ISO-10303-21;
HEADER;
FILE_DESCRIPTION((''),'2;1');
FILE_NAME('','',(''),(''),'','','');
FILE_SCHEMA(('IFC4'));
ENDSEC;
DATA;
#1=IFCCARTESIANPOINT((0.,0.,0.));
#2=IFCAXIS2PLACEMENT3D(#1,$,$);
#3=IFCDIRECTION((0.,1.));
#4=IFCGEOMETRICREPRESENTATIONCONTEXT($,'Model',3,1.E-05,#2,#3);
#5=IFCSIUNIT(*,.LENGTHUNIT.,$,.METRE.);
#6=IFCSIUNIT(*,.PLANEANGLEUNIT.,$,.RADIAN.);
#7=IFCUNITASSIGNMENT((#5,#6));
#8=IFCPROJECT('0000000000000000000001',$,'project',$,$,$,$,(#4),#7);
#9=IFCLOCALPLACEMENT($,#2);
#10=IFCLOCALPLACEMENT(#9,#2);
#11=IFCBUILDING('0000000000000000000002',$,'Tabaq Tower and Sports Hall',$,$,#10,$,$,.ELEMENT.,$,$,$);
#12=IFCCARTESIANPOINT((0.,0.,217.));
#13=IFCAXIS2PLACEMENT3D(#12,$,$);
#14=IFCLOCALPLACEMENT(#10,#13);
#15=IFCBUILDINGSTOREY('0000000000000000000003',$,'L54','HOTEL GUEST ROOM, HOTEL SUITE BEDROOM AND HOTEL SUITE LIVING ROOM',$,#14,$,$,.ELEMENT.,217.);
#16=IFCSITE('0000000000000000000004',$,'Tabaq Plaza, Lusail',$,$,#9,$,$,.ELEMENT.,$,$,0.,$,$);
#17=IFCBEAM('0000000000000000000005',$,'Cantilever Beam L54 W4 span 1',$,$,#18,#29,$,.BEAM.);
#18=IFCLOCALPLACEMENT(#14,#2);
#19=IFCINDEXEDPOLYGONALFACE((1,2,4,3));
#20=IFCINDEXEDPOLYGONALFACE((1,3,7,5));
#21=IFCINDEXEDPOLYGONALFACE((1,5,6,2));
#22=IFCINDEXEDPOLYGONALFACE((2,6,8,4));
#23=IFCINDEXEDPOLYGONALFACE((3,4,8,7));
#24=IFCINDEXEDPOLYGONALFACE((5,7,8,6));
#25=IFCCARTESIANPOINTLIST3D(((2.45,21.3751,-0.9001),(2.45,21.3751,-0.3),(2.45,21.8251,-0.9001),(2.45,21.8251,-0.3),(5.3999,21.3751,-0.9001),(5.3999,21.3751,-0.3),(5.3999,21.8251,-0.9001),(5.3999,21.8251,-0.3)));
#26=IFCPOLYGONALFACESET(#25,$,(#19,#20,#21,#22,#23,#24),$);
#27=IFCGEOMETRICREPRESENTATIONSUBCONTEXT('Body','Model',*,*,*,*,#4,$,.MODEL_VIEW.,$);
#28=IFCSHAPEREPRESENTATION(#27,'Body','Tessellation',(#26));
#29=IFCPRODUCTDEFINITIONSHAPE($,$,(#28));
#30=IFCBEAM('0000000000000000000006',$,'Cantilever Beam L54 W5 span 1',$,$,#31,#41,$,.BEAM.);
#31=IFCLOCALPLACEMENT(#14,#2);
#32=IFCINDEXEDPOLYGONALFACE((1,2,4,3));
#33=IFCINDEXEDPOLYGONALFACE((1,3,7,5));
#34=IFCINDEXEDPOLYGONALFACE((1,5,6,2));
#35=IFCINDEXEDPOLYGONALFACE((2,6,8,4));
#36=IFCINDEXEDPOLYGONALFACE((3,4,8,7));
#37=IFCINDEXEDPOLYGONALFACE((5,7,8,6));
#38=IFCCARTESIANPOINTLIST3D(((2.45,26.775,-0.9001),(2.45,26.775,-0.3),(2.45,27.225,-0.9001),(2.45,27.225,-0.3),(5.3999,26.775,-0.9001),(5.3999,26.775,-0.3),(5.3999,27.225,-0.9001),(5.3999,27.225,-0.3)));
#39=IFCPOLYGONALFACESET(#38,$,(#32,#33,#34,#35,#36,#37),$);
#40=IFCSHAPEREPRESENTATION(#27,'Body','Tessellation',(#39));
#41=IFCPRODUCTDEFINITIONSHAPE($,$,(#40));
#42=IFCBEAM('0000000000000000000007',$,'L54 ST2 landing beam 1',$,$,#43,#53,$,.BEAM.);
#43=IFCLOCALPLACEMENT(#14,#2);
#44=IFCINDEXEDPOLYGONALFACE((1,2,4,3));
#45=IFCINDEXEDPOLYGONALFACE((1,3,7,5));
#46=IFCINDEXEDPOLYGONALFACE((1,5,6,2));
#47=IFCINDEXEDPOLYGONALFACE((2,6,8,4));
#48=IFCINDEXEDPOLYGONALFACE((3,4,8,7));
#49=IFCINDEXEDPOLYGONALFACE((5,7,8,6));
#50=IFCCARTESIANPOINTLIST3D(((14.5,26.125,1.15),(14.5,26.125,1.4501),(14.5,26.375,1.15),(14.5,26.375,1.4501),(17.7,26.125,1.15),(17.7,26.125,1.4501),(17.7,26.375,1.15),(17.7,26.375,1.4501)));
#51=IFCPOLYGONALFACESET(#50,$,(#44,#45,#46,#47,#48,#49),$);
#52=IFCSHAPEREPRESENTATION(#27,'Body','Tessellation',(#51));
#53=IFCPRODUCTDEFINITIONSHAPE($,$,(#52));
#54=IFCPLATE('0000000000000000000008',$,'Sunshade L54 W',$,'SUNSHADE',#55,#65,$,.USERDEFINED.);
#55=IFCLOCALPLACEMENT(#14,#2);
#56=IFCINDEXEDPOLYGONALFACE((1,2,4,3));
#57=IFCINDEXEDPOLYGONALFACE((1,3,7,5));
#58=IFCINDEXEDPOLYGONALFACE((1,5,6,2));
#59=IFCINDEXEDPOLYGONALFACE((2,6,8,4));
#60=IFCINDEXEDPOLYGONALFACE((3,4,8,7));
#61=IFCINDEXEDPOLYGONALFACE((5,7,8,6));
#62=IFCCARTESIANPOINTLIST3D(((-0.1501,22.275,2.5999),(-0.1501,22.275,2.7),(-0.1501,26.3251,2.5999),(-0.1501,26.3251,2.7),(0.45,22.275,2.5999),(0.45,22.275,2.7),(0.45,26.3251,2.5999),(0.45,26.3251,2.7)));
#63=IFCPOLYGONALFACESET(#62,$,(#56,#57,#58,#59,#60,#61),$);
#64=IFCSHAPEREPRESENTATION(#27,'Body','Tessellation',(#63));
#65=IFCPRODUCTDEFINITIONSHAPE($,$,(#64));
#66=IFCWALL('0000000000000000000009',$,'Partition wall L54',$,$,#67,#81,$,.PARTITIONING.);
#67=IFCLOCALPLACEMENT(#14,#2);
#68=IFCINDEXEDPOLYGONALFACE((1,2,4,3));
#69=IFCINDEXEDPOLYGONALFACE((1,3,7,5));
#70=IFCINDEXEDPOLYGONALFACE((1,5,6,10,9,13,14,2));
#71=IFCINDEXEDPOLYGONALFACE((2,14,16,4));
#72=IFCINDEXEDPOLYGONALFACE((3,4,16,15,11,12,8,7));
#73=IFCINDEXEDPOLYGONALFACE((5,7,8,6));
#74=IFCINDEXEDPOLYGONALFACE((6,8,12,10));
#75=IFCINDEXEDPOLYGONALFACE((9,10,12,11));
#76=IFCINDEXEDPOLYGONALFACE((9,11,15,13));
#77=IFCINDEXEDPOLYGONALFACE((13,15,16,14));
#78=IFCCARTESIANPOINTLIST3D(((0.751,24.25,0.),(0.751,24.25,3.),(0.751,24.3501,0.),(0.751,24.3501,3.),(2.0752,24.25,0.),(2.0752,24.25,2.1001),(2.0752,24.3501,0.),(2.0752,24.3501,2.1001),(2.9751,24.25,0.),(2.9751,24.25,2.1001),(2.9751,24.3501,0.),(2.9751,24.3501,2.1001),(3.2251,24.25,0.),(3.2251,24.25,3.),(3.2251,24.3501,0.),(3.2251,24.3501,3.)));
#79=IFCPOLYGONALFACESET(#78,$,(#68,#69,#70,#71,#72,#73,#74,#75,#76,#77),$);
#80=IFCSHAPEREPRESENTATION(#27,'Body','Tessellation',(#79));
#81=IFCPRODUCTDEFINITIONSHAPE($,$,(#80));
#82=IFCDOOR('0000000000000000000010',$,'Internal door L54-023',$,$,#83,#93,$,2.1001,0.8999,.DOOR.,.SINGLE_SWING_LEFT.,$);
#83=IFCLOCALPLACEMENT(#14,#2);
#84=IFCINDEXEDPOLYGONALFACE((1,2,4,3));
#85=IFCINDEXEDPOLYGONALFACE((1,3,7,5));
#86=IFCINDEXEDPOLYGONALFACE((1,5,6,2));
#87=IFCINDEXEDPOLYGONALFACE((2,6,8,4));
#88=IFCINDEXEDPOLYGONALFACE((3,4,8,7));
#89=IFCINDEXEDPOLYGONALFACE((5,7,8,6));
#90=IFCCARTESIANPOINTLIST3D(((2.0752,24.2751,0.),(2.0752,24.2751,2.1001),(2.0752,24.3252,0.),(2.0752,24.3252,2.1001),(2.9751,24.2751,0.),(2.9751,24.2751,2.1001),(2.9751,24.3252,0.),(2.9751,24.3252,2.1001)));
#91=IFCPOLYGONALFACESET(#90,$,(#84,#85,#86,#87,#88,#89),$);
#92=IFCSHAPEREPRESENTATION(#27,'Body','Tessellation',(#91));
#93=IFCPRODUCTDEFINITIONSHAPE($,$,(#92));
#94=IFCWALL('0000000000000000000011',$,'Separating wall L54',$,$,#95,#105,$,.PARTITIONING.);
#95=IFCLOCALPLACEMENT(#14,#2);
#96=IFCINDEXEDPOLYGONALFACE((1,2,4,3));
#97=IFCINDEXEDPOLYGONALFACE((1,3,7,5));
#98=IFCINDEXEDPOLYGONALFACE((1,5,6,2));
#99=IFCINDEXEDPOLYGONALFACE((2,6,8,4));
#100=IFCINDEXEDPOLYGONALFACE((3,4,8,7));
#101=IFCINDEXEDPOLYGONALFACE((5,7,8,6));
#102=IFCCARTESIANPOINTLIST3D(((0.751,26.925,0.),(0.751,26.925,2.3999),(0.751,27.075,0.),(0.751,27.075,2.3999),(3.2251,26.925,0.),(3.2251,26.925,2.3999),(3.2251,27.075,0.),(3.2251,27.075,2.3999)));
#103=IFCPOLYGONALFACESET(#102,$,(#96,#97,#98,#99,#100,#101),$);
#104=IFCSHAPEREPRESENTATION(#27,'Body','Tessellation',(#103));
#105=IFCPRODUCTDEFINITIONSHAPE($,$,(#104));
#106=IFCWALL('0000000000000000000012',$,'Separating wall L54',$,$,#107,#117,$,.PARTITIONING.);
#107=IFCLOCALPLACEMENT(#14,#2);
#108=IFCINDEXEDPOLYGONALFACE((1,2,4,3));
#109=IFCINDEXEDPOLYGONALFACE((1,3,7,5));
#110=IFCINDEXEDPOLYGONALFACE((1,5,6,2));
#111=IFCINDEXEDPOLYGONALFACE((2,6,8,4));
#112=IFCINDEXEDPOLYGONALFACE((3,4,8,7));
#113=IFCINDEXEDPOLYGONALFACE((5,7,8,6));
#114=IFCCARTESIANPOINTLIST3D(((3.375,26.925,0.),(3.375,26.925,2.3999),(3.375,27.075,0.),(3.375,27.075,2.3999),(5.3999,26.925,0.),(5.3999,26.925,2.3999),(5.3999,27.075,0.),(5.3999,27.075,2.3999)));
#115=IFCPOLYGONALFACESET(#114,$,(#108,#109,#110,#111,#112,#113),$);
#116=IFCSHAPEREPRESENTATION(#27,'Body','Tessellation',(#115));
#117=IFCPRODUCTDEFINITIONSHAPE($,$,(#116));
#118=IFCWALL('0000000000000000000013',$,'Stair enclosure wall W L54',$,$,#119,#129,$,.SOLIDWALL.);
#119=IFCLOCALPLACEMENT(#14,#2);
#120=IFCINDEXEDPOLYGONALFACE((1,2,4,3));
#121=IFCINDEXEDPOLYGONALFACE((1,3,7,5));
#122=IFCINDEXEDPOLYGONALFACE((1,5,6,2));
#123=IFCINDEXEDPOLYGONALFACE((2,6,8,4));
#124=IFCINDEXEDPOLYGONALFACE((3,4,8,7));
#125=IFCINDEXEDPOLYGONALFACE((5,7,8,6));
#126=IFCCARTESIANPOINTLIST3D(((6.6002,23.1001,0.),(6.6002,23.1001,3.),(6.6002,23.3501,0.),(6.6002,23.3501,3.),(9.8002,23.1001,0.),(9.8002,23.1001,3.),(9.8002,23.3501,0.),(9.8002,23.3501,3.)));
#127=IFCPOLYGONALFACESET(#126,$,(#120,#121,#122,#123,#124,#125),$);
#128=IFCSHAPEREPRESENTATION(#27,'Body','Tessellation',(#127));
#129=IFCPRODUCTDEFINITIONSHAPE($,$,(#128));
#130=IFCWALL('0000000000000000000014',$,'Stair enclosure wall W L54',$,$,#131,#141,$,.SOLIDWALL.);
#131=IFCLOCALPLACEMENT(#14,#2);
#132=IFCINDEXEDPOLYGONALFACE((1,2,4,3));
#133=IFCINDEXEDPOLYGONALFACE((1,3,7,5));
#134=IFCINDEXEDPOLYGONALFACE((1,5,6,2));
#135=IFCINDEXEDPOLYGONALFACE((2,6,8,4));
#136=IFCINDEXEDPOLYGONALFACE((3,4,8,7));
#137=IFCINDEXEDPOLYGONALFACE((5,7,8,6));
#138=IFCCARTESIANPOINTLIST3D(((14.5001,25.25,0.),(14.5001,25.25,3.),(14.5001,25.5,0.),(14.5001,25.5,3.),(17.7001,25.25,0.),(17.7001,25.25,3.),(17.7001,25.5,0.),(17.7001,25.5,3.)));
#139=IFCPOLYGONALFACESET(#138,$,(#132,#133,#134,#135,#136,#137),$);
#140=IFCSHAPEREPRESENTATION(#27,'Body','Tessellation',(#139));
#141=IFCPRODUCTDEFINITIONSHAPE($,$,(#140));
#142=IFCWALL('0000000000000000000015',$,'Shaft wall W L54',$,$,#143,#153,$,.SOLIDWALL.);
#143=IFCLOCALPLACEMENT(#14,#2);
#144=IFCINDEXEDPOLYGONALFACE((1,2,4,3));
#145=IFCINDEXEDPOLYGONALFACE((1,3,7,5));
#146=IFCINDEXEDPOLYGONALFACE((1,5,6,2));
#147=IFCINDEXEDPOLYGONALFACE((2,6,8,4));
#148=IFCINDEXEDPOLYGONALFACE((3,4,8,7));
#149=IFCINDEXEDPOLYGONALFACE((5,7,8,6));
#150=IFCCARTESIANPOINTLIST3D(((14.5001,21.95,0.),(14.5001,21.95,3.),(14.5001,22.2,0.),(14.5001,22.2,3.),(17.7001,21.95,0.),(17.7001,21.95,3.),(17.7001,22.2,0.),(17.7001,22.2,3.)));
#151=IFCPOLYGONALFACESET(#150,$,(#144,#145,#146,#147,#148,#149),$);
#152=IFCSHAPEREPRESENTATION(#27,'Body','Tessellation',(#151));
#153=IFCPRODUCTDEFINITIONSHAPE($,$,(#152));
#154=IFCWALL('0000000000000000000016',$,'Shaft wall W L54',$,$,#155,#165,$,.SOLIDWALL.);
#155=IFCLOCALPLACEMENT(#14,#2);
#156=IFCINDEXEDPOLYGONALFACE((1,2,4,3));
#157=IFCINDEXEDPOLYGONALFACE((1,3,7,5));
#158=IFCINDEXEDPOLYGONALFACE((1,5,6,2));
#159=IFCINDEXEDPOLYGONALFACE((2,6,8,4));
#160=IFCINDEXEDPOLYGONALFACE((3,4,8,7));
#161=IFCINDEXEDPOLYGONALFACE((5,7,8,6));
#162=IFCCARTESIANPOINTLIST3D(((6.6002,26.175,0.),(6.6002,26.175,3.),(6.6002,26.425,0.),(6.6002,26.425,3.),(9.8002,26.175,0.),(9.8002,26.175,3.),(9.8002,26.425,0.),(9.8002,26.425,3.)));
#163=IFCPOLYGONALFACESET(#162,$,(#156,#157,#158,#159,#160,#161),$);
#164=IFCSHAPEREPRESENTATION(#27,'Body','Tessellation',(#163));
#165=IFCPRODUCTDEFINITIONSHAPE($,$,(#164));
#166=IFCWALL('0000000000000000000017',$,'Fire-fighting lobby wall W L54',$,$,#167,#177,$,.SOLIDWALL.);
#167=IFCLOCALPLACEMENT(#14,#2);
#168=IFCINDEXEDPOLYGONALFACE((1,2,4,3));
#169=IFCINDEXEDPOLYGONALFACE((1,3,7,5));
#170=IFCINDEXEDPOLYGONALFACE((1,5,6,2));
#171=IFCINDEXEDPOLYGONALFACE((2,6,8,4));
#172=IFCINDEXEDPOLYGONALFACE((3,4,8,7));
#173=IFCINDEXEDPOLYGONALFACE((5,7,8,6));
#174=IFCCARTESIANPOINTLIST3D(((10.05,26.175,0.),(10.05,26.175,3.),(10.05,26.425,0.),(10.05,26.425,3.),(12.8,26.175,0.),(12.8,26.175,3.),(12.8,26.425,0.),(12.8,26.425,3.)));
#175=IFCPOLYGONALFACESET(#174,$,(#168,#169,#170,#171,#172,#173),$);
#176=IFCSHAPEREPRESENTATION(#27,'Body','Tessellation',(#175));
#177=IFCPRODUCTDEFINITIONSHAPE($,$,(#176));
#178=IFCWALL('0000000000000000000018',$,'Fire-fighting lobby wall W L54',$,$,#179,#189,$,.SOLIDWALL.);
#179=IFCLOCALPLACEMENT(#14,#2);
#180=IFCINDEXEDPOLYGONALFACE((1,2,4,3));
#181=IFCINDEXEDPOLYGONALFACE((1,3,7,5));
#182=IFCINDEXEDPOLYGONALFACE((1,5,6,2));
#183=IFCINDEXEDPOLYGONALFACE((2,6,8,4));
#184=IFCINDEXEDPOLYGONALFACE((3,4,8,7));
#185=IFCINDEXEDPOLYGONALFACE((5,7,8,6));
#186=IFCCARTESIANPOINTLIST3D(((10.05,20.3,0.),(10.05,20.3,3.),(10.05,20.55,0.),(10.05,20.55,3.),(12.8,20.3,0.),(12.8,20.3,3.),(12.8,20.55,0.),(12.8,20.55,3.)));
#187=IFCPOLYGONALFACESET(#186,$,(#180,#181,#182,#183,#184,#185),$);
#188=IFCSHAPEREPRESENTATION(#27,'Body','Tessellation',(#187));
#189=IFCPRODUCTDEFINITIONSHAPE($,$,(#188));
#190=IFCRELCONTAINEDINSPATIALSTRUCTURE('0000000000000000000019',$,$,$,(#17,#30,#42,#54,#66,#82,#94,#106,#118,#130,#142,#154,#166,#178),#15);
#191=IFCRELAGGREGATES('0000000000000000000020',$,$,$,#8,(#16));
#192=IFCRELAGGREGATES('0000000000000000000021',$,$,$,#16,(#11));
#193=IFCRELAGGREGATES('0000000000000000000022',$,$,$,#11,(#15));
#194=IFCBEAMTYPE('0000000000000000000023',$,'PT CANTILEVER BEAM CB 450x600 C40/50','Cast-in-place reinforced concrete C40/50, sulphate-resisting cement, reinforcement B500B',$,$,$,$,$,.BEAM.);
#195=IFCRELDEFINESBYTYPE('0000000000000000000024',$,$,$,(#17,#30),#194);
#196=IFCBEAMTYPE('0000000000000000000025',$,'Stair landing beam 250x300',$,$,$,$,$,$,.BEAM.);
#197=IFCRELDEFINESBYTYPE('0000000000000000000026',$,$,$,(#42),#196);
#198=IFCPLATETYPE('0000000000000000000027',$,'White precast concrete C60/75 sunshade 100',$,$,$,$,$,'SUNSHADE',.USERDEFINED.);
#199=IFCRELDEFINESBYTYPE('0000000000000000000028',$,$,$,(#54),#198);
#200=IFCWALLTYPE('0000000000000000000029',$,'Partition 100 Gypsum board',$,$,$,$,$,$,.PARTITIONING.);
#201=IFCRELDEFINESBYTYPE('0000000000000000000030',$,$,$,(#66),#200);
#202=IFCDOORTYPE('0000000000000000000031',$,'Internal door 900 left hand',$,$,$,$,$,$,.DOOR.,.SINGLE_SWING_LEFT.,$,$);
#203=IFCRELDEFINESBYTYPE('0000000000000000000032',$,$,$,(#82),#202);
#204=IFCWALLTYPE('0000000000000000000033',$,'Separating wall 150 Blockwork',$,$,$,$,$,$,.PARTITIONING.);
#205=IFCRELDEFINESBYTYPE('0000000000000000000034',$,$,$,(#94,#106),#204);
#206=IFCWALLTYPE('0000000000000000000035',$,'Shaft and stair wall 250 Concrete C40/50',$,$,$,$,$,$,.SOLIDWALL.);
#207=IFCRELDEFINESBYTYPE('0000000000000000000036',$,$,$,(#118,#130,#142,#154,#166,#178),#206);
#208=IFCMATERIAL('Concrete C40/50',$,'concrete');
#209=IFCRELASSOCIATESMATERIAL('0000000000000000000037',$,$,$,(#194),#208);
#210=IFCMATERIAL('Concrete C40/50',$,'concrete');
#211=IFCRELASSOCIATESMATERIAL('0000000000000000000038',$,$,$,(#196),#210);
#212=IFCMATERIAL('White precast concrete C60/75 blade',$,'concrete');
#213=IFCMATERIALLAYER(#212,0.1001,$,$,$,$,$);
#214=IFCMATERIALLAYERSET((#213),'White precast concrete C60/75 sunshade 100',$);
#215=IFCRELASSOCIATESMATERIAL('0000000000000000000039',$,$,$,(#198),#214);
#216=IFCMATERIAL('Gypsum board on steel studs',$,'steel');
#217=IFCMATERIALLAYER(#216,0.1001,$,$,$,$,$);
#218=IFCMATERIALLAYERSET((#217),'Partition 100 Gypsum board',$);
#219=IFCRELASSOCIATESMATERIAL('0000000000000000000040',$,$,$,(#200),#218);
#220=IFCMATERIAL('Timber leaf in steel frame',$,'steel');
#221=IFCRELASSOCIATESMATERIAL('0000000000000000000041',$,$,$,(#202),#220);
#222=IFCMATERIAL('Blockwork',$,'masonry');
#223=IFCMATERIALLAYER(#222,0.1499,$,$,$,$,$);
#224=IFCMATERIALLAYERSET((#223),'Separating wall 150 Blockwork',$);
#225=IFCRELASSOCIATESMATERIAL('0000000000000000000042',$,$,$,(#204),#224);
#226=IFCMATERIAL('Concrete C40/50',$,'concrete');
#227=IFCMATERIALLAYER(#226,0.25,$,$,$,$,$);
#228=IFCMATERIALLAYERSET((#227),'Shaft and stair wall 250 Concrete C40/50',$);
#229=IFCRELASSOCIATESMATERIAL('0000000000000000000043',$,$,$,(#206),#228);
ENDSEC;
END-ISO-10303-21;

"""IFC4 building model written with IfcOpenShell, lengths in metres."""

from ifc_helpers import new_model, si_unit, direction, frame, frame_2d, origin, origin_2d, place, context, subcontext, project, spatial, rectangle, extrude, material, layer, layer_set, material_profile, profile_set, type_object, element, fill, save


model = new_model("IFC4")

# Units and contexts
model_context = context("Model", 3, precision=1e-05, world=origin(), true_north=direction((0.0, 1.0)))
body_context = subcontext(model_context, "Body", "Model", "MODEL_VIEW")
ifc_project = project(units=[si_unit("LENGTHUNIT", "METRE"), si_unit("PLANEANGLEUNIT", "RADIAN")], contexts=[model_context])

# Site, building, storey
site_placement = place(None, origin())
site = spatial("IfcSite", under=ifc_project, at=site_placement, Name="Tabaq Plaza, Lusail", CompositionType="ELEMENT", RefElevation=0.0)
building_placement = place(site_placement, origin())
building = spatial("IfcBuilding", under=site, at=building_placement, Name="Tabaq Tower and Sports Hall", CompositionType="ELEMENT")
storey_placement = place(building_placement, frame((0.0, 0.0, 217.0)))
storey = spatial("IfcBuildingStorey", under=building, at=storey_placement, Name="L54", Description="HOTEL GUEST ROOM, HOTEL SUITE BEDROOM AND HOTEL SUITE LIVING ROOM", CompositionType="ELEMENT", Elevation=217.0)

# Beams
ifc_material_1 = material(Name="Concrete C40/50", Category="concrete")
ifc_material_profile_1 = material_profile(ifc_material_1, rectangle(XDim=0.45, YDim=0.6001, at=origin_2d()), Name="CB 450x600")
ifc_profile_set_1 = profile_set([ifc_material_profile_1], Name="Concrete C40/50")
beam_type_1 = type_object("IfcBeamType", Name="PT CANTILEVER BEAM CB 450x600 C40/50", Description="Cast-in-place reinforced concrete C40/50, sulphate-resisting cement, reinforcement B500B", PredefinedType="BEAM", material=ifc_profile_set_1)
for number, where, z_axis, x_axis, name in (
    (1, (2.45, 21.6001, -0.6001), (1.0, 0.0, 0.0), (0.0, 1.0, 0.0), "Cantilever Beam L54 W4 span 1"),
    (2, (2.45, 27.0, -0.6001), (1.0, 0.0, 0.0), (0.0, 1.0, 0.0), "Cantilever Beam L54 W5 span 1"),
):
    element("IfcBeam", number, at=place(storey_placement, frame(where, z_axis=z_axis, x_axis=x_axis)), inside=storey, type_object=beam_type_1, Name=name, PredefinedType="BEAM", context=body_context, shape_type="SweptSolid", body=[
        extrude(rectangle(XDim=0.45, YDim=0.6001, at=origin_2d()), origin(), (0.0, 0.0, 1.0), 2.95),
    ])
ifc_material_2 = material(Name="Concrete C40/50", Category="concrete")
ifc_material_profile_2 = material_profile(ifc_material_2, rectangle(XDim=0.25, YDim=0.3, at=origin_2d()), Name="RC 250x300")
ifc_profile_set_2 = profile_set([ifc_material_profile_2], Name="Concrete C40/50")
beam_type_2 = type_object("IfcBeamType", Name="Stair landing beam 250x300", PredefinedType="BEAM", material=ifc_profile_set_2)
beam_placement = place(storey_placement, frame((14.5, 26.25, 1.3), z_axis=(1.0, 0.0, 0.0), x_axis=(0.0, 1.0, 0.0)))
element("IfcBeam", 3, at=beam_placement, inside=storey, type_object=beam_type_2, Name="L54 ST2 landing beam 1", PredefinedType="BEAM", context=body_context, shape_type="SweptSolid", body=[
    extrude(rectangle(XDim=0.25, YDim=0.3, at=origin_2d()), origin(), (0.0, 0.0, 1.0), 3.2),
])

# Plate
ifc_material_3 = material(Name="White precast concrete C60/75 blade", Category="concrete")
ifc_layer_1 = layer(ifc_material_3, 0.1001)
ifc_layer_set_1 = layer_set([ifc_layer_1], Name="White precast concrete C60/75 sunshade 100")
plate_type = type_object("IfcPlateType", Name="White precast concrete C60/75 sunshade 100", ElementType="SUNSHADE", PredefinedType="USERDEFINED", material=ifc_layer_set_1)
plate_placement = place(storey_placement, frame((0.1499, 24.3, 2.5999), z_axis=(0.0, 0.0, 1.0), x_axis=(0.0, -1.0, 0.0)))
element("IfcPlate", 4, at=plate_placement, inside=storey, type_object=plate_type, Name="Sunshade L54 W", ObjectType="SUNSHADE", PredefinedType="USERDEFINED", context=body_context, shape_type="SweptSolid", body=[
    extrude(rectangle(XDim=4.05, YDim=0.6001, at=origin_2d()), origin(), (0.0, 0.0, 1.0), 0.1001),
])

# Wall, opening, door
ifc_material_4 = material(Name="Gypsum board on steel studs", Category="steel")
ifc_layer_2 = layer(ifc_material_4, 0.1001)
ifc_layer_set_2 = layer_set([ifc_layer_2], Name="Partition 100 Gypsum board")
wall_type_1 = type_object("IfcWallType", Name="Partition 100 Gypsum board", PredefinedType="PARTITIONING", material=ifc_layer_set_2)
wall_1_placement = place(storey_placement, frame((3.2251, 24.3, 0.0), z_axis=(0.0, 0.0, 1.0), x_axis=(-1.0, 0.0, 0.0)))
wall_1 = element("IfcWall", 5, at=wall_1_placement, inside=storey, type_object=wall_type_1, Name="Partition wall L54", PredefinedType="PARTITIONING", context=body_context, shape_type="SweptSolid", body=[
    extrude(rectangle(XDim=2.4741, YDim=0.1001, at=frame_2d((1.2371, 0.0))), origin(), (0.0, 0.0, 1.0), 3.0),
])
opening_1_placement = place(wall_1_placement, frame((0.25, 0.0, 0.0)))
opening_1 = element("IfcOpeningElement", 6, at=opening_1_placement, cuts=wall_1, PredefinedType="OPENING", context=body_context, shape_type="SweptSolid", body=[
    extrude(rectangle(XDim=0.8999, YDim=2.1001, at=frame_2d((0.45, 1.05))), frame((0.0, 0.05, 0.0), z_axis=(0.0, -1.0, 0.0), x_axis=(1.0, 0.0, 0.0)), (0.0, 0.0, 1.0), 0.1001),
])
ifc_material_5 = material(Name="Timber leaf in steel frame", Category="steel")
door_type_1 = type_object("IfcDoorType", Name="Internal door 900 left hand", OperationType="SINGLE_SWING_LEFT", PredefinedType="DOOR", material=ifc_material_5)
door_1_placement = place(opening_1_placement, origin())
door_1 = element("IfcDoor", 7, at=door_1_placement, inside=storey, type_object=door_type_1, Name="Internal door L54-023", OperationType="SINGLE_SWING_LEFT", OverallHeight=2.1001, OverallWidth=0.8999, PredefinedType="DOOR", context=body_context, shape_type="SweptSolid", body=[
    extrude(rectangle(XDim=0.8999, YDim=2.1001, at=frame_2d((0.45, 1.05))), frame((0.0, 0.0249, 0.0), z_axis=(0.0, -1.0, 0.0), x_axis=(1.0, 0.0, 0.0)), (0.0, 0.0, 1.0), 0.05),
])
fill(opening_1, door_1)

# Walls
ifc_material_6 = material(Name="Blockwork", Category="masonry")
ifc_layer_3 = layer(ifc_material_6, 0.1499)
ifc_layer_set_3 = layer_set([ifc_layer_3], Name="Separating wall 150 Blockwork")
wall_type_2 = type_object("IfcWallType", Name="Separating wall 150 Blockwork", PredefinedType="PARTITIONING", material=ifc_layer_set_3)
wall_2_placement = place(storey_placement, frame((0.751, 27.0, 0.0), z_axis=(0.0, 0.0, 1.0), x_axis=(1.0, 0.0, 0.0)))
element("IfcWall", 8, at=wall_2_placement, inside=storey, type_object=wall_type_2, Name="Separating wall L54", PredefinedType="PARTITIONING", context=body_context, shape_type="SweptSolid", body=[
    extrude(rectangle(XDim=2.4741, YDim=0.1499, at=frame_2d((1.2371, 0.0))), origin(), (0.0, 0.0, 1.0), 2.3999),
])
wall_3_placement = place(storey_placement, frame((3.375, 27.0, 0.0), z_axis=(0.0, 0.0, 1.0), x_axis=(1.0, 0.0, 0.0)))
element("IfcWall", 9, at=wall_3_placement, inside=storey, type_object=wall_type_2, Name="Separating wall L54", PredefinedType="PARTITIONING", context=body_context, shape_type="SweptSolid", body=[
    extrude(rectangle(XDim=2.0249, YDim=0.1499, at=frame_2d((1.0125, 0.0))), origin(), (0.0, 0.0, 1.0), 2.3999),
])
ifc_material_7 = material(Name="Concrete C40/50", Category="concrete")
ifc_layer_4 = layer(ifc_material_7, 0.25)
ifc_layer_set_4 = layer_set([ifc_layer_4], Name="Shaft and stair wall 250 Concrete C40/50")
wall_type_3 = type_object("IfcWallType", Name="Shaft and stair wall 250 Concrete C40/50", PredefinedType="SOLIDWALL", material=ifc_layer_set_4)
for number, where, z_axis, x_axis, name in (
    (10, (6.6001, 23.2251, 0.0), (0.0, 0.0, 1.0), (1.0, 0.0, 0.0), "Stair enclosure wall W L54"),
    (11, (14.5, 25.375, 0.0), (0.0, 0.0, 1.0), (1.0, 0.0, 0.0), "Stair enclosure wall W L54"),
    (12, (14.5, 22.075, 0.0), (0.0, 0.0, 1.0), (1.0, 0.0, 0.0), "Shaft wall W L54"),
    (13, (6.6001, 26.3, 0.0), (0.0, 0.0, 1.0), (1.0, 0.0, 0.0), "Shaft wall W L54"),
):
    element("IfcWall", number, at=place(storey_placement, frame(where, z_axis=z_axis, x_axis=x_axis)), inside=storey, type_object=wall_type_3, Name=name, PredefinedType="SOLIDWALL", context=body_context, shape_type="SweptSolid", body=[
        extrude(rectangle(XDim=3.2, YDim=0.25, at=frame_2d((1.6001, 0.0))), origin(), (0.0, 0.0, 1.0), 3.0),
    ])
for number, where, z_axis, x_axis, name in (
    (14, (10.05, 26.3, 0.0), (0.0, 0.0, 1.0), (1.0, 0.0, 0.0), "Fire-fighting lobby wall W L54"),
    (15, (10.05, 20.425, 0.0), (0.0, 0.0, 1.0), (1.0, 0.0, 0.0), "Fire-fighting lobby wall W L54"),
):
    element("IfcWall", number, at=place(storey_placement, frame(where, z_axis=z_axis, x_axis=x_axis)), inside=storey, type_object=wall_type_3, Name=name, PredefinedType="SOLIDWALL", context=body_context, shape_type="SweptSolid", body=[
        extrude(rectangle(XDim=2.75, YDim=0.25, at=frame_2d((1.375, 0.0))), origin(), (0.0, 0.0, 1.0), 3.0),
    ])

save(model, "model.ifc")
